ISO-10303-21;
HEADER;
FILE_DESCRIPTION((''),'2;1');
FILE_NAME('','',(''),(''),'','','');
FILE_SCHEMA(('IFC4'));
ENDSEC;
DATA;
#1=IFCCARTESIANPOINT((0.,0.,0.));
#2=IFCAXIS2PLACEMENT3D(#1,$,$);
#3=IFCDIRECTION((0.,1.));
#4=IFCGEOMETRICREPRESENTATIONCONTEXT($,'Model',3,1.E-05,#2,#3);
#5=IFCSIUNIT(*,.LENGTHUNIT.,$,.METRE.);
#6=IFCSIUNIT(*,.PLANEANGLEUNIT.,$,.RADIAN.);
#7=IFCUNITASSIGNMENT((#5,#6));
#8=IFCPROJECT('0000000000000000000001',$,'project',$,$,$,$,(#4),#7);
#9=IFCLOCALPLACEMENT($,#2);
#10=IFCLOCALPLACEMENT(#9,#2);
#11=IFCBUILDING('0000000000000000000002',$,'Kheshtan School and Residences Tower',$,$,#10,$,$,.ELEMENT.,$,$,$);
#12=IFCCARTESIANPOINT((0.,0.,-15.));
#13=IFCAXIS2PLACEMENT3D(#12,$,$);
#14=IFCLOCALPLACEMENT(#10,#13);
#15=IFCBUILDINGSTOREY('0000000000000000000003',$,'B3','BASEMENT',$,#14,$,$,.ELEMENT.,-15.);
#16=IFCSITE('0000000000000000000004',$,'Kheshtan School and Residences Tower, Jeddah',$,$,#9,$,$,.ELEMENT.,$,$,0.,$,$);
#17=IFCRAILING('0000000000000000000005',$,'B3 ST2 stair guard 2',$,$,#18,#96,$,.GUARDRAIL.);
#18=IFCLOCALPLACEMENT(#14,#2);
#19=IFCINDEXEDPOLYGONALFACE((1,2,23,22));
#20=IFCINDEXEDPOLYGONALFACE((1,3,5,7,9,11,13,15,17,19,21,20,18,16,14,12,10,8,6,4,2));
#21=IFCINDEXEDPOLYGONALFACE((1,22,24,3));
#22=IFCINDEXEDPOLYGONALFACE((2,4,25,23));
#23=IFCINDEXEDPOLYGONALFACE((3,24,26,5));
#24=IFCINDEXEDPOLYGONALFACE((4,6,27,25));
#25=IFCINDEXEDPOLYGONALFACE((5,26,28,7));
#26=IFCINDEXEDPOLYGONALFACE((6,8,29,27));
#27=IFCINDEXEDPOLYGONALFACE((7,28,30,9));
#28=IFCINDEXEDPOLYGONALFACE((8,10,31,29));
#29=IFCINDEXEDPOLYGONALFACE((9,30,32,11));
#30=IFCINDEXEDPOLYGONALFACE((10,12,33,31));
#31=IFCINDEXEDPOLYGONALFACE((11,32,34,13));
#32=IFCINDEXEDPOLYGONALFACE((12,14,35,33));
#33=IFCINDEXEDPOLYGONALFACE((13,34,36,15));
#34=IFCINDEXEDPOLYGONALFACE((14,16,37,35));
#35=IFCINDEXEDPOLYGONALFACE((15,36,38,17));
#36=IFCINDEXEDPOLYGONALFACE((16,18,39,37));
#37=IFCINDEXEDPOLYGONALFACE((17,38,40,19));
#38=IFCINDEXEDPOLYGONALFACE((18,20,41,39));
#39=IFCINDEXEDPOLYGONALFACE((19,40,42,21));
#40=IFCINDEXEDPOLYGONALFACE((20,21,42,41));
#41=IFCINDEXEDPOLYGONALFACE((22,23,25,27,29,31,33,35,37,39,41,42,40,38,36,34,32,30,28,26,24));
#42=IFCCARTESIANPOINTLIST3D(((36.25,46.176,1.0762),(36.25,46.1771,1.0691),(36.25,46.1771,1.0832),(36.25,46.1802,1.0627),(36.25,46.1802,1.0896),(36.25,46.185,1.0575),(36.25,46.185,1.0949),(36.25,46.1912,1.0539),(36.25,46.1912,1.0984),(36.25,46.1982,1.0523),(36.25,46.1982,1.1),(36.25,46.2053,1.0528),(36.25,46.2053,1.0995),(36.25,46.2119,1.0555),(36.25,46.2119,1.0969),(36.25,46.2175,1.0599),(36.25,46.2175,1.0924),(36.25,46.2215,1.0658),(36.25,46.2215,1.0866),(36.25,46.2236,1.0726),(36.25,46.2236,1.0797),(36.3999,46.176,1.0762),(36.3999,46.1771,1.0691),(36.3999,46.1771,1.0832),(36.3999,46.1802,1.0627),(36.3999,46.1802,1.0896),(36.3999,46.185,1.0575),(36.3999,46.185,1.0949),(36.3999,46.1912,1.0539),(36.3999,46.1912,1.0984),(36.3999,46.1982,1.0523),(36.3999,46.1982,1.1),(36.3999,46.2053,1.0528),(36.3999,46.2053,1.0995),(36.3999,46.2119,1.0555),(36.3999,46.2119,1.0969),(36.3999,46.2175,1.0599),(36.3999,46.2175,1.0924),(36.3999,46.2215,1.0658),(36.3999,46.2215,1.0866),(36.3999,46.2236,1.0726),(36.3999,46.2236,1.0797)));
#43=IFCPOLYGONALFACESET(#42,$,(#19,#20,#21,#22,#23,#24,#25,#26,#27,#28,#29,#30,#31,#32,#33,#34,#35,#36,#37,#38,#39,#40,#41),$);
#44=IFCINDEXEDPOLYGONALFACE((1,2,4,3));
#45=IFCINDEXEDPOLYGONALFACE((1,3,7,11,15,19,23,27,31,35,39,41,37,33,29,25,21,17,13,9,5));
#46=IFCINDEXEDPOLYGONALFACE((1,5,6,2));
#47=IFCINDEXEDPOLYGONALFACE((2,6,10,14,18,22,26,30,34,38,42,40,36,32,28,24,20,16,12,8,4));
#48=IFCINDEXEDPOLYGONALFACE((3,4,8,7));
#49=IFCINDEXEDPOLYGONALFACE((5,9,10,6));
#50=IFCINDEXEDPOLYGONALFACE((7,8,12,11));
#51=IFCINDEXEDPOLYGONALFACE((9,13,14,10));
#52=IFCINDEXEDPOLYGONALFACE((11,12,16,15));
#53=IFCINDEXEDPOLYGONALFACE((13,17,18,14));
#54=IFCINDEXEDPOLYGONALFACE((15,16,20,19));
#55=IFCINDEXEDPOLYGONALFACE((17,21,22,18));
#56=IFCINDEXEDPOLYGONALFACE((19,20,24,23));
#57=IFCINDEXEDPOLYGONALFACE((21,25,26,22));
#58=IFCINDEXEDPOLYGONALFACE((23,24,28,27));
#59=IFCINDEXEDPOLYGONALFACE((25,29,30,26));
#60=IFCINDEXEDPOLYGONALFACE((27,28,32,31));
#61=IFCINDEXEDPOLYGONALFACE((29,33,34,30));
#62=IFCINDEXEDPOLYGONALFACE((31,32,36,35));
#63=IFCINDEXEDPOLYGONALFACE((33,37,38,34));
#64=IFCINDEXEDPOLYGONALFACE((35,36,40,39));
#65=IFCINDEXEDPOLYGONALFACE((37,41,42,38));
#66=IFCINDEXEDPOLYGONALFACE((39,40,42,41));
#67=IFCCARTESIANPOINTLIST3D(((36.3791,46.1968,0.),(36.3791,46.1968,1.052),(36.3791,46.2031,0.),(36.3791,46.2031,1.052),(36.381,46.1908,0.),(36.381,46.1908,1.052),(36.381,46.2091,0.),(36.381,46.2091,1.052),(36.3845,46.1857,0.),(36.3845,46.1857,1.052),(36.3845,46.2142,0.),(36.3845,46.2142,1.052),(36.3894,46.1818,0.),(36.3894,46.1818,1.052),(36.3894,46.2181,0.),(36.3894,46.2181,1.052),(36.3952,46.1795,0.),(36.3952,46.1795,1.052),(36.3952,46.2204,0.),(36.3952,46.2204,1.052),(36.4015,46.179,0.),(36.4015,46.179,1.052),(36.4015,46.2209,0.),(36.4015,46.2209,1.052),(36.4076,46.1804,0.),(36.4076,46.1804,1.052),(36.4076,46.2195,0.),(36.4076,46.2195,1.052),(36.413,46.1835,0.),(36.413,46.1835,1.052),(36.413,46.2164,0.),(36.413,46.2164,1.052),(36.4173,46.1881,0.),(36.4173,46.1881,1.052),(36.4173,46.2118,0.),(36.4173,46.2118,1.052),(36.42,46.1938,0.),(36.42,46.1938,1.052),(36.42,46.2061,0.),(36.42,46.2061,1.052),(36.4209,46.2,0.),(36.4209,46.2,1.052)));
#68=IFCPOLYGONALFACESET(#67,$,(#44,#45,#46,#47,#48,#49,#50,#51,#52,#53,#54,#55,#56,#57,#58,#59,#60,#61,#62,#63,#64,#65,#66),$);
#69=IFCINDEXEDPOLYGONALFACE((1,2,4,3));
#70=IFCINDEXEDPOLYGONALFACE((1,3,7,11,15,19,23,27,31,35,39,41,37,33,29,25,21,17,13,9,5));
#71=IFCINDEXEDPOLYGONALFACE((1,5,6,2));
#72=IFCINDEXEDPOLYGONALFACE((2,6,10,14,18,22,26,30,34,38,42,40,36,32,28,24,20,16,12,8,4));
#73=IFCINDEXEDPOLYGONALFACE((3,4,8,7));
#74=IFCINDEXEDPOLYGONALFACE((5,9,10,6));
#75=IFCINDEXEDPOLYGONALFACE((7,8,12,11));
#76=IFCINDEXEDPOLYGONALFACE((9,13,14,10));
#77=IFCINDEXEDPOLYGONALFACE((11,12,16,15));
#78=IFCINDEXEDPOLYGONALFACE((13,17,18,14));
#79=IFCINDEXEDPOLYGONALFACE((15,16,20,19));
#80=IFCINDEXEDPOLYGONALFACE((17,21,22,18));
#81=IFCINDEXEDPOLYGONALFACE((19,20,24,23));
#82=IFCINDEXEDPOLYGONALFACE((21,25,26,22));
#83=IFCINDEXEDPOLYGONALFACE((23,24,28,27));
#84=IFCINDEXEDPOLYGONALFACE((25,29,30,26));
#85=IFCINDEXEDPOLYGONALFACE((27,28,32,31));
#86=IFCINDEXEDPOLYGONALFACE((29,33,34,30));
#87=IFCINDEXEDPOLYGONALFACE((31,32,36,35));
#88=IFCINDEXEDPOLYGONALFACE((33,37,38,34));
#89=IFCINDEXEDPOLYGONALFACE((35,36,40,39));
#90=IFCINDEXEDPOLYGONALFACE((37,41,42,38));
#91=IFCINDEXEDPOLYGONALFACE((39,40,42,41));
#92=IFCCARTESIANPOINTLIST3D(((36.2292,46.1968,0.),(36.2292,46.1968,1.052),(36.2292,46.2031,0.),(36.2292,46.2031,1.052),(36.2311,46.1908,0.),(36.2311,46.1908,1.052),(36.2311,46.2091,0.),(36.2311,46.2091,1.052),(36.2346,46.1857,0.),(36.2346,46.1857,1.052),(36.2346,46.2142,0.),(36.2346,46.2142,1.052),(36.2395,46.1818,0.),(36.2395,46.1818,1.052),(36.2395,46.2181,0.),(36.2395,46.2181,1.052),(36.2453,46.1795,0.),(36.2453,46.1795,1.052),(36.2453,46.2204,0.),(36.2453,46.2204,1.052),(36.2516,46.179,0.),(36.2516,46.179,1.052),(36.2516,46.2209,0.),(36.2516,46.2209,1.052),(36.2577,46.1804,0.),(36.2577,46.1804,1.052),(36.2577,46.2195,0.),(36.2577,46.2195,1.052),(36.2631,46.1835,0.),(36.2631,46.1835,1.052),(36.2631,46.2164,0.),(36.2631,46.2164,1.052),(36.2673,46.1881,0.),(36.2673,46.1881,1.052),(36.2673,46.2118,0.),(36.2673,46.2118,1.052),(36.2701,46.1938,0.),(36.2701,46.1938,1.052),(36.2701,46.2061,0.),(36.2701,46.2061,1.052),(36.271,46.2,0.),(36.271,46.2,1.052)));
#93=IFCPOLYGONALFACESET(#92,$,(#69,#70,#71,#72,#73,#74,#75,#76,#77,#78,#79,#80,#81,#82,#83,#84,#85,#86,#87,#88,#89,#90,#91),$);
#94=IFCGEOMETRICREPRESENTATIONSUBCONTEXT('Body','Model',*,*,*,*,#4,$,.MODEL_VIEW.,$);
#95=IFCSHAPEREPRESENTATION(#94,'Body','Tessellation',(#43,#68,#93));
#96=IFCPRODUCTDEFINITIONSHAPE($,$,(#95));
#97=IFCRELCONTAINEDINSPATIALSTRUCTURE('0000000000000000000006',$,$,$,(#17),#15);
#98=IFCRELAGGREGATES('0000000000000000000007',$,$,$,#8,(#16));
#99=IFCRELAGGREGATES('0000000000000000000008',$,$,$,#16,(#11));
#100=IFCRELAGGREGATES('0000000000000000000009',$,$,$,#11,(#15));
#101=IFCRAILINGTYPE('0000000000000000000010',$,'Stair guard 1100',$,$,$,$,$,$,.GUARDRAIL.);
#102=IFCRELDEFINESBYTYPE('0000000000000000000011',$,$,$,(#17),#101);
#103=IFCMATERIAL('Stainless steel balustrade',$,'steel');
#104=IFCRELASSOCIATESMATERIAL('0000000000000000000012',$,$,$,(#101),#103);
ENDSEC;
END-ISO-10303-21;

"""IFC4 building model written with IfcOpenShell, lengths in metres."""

from ifc_helpers import new_model, si_unit, direction, frame, origin, origin_2d, place, context, subcontext, project, spatial, circle, extrude, material, type_object, element, save


model = new_model("IFC4")

# Units and contexts
model_context = context("Model", 3, precision=1e-05, world=origin(), true_north=direction((0.0, 1.0)))
body_context = subcontext(model_context, "Body", "Model", "MODEL_VIEW")
ifc_project = project(units=[si_unit("LENGTHUNIT", "METRE"), si_unit("PLANEANGLEUNIT", "RADIAN")], contexts=[model_context])

# Site, building, storey
site_placement = place(None, origin())
site = spatial("IfcSite", under=ifc_project, at=site_placement, Name="Kheshtan School and Residences Tower, Jeddah", CompositionType="ELEMENT", RefElevation=0.0)
building_placement = place(site_placement, origin())
building = spatial("IfcBuilding", under=site, at=building_placement, Name="Kheshtan School and Residences Tower", CompositionType="ELEMENT")
storey_placement = place(building_placement, frame((0.0, 0.0, -15.0)))
storey = spatial("IfcBuildingStorey", under=building, at=storey_placement, Name="B3", Description="BASEMENT", CompositionType="ELEMENT", Elevation=-15.0)

# Railing
ifc_material_1 = material(Name="Stainless steel balustrade", Category="steel")
railing_type_1 = type_object("IfcRailingType", Name="Stair guard 1100", PredefinedType="GUARDRAIL", material=ifc_material_1)
railing_1_placement = place(storey_placement, frame((36.3999, 46.2, 0.0)))
element("IfcRailing", 1, at=railing_1_placement, inside=storey, type_object=railing_type_1, Name="B3 ST2 stair guard 2", PredefinedType="GUARDRAIL", context=body_context, shape_type="SweptSolid", body=[
    extrude(circle(Radius=0.0239, at=origin_2d()), frame((0.0, 0.0, 1.0762), z_axis=(-1.0, 0.0, 0.0), x_axis=(0.0, -1.0, 0.0)), (0.0, 0.0, 1.0), 0.1499),
    extrude(circle(Radius=0.021, at=origin_2d()), origin(), (0.0, 0.0, 1.0), 1.052),
    extrude(circle(Radius=0.021, at=origin_2d()), frame((-0.1499, 0.0, 0.0)), (0.0, 0.0, 1.0), 1.052),
])

save(model, "model.ifc")
